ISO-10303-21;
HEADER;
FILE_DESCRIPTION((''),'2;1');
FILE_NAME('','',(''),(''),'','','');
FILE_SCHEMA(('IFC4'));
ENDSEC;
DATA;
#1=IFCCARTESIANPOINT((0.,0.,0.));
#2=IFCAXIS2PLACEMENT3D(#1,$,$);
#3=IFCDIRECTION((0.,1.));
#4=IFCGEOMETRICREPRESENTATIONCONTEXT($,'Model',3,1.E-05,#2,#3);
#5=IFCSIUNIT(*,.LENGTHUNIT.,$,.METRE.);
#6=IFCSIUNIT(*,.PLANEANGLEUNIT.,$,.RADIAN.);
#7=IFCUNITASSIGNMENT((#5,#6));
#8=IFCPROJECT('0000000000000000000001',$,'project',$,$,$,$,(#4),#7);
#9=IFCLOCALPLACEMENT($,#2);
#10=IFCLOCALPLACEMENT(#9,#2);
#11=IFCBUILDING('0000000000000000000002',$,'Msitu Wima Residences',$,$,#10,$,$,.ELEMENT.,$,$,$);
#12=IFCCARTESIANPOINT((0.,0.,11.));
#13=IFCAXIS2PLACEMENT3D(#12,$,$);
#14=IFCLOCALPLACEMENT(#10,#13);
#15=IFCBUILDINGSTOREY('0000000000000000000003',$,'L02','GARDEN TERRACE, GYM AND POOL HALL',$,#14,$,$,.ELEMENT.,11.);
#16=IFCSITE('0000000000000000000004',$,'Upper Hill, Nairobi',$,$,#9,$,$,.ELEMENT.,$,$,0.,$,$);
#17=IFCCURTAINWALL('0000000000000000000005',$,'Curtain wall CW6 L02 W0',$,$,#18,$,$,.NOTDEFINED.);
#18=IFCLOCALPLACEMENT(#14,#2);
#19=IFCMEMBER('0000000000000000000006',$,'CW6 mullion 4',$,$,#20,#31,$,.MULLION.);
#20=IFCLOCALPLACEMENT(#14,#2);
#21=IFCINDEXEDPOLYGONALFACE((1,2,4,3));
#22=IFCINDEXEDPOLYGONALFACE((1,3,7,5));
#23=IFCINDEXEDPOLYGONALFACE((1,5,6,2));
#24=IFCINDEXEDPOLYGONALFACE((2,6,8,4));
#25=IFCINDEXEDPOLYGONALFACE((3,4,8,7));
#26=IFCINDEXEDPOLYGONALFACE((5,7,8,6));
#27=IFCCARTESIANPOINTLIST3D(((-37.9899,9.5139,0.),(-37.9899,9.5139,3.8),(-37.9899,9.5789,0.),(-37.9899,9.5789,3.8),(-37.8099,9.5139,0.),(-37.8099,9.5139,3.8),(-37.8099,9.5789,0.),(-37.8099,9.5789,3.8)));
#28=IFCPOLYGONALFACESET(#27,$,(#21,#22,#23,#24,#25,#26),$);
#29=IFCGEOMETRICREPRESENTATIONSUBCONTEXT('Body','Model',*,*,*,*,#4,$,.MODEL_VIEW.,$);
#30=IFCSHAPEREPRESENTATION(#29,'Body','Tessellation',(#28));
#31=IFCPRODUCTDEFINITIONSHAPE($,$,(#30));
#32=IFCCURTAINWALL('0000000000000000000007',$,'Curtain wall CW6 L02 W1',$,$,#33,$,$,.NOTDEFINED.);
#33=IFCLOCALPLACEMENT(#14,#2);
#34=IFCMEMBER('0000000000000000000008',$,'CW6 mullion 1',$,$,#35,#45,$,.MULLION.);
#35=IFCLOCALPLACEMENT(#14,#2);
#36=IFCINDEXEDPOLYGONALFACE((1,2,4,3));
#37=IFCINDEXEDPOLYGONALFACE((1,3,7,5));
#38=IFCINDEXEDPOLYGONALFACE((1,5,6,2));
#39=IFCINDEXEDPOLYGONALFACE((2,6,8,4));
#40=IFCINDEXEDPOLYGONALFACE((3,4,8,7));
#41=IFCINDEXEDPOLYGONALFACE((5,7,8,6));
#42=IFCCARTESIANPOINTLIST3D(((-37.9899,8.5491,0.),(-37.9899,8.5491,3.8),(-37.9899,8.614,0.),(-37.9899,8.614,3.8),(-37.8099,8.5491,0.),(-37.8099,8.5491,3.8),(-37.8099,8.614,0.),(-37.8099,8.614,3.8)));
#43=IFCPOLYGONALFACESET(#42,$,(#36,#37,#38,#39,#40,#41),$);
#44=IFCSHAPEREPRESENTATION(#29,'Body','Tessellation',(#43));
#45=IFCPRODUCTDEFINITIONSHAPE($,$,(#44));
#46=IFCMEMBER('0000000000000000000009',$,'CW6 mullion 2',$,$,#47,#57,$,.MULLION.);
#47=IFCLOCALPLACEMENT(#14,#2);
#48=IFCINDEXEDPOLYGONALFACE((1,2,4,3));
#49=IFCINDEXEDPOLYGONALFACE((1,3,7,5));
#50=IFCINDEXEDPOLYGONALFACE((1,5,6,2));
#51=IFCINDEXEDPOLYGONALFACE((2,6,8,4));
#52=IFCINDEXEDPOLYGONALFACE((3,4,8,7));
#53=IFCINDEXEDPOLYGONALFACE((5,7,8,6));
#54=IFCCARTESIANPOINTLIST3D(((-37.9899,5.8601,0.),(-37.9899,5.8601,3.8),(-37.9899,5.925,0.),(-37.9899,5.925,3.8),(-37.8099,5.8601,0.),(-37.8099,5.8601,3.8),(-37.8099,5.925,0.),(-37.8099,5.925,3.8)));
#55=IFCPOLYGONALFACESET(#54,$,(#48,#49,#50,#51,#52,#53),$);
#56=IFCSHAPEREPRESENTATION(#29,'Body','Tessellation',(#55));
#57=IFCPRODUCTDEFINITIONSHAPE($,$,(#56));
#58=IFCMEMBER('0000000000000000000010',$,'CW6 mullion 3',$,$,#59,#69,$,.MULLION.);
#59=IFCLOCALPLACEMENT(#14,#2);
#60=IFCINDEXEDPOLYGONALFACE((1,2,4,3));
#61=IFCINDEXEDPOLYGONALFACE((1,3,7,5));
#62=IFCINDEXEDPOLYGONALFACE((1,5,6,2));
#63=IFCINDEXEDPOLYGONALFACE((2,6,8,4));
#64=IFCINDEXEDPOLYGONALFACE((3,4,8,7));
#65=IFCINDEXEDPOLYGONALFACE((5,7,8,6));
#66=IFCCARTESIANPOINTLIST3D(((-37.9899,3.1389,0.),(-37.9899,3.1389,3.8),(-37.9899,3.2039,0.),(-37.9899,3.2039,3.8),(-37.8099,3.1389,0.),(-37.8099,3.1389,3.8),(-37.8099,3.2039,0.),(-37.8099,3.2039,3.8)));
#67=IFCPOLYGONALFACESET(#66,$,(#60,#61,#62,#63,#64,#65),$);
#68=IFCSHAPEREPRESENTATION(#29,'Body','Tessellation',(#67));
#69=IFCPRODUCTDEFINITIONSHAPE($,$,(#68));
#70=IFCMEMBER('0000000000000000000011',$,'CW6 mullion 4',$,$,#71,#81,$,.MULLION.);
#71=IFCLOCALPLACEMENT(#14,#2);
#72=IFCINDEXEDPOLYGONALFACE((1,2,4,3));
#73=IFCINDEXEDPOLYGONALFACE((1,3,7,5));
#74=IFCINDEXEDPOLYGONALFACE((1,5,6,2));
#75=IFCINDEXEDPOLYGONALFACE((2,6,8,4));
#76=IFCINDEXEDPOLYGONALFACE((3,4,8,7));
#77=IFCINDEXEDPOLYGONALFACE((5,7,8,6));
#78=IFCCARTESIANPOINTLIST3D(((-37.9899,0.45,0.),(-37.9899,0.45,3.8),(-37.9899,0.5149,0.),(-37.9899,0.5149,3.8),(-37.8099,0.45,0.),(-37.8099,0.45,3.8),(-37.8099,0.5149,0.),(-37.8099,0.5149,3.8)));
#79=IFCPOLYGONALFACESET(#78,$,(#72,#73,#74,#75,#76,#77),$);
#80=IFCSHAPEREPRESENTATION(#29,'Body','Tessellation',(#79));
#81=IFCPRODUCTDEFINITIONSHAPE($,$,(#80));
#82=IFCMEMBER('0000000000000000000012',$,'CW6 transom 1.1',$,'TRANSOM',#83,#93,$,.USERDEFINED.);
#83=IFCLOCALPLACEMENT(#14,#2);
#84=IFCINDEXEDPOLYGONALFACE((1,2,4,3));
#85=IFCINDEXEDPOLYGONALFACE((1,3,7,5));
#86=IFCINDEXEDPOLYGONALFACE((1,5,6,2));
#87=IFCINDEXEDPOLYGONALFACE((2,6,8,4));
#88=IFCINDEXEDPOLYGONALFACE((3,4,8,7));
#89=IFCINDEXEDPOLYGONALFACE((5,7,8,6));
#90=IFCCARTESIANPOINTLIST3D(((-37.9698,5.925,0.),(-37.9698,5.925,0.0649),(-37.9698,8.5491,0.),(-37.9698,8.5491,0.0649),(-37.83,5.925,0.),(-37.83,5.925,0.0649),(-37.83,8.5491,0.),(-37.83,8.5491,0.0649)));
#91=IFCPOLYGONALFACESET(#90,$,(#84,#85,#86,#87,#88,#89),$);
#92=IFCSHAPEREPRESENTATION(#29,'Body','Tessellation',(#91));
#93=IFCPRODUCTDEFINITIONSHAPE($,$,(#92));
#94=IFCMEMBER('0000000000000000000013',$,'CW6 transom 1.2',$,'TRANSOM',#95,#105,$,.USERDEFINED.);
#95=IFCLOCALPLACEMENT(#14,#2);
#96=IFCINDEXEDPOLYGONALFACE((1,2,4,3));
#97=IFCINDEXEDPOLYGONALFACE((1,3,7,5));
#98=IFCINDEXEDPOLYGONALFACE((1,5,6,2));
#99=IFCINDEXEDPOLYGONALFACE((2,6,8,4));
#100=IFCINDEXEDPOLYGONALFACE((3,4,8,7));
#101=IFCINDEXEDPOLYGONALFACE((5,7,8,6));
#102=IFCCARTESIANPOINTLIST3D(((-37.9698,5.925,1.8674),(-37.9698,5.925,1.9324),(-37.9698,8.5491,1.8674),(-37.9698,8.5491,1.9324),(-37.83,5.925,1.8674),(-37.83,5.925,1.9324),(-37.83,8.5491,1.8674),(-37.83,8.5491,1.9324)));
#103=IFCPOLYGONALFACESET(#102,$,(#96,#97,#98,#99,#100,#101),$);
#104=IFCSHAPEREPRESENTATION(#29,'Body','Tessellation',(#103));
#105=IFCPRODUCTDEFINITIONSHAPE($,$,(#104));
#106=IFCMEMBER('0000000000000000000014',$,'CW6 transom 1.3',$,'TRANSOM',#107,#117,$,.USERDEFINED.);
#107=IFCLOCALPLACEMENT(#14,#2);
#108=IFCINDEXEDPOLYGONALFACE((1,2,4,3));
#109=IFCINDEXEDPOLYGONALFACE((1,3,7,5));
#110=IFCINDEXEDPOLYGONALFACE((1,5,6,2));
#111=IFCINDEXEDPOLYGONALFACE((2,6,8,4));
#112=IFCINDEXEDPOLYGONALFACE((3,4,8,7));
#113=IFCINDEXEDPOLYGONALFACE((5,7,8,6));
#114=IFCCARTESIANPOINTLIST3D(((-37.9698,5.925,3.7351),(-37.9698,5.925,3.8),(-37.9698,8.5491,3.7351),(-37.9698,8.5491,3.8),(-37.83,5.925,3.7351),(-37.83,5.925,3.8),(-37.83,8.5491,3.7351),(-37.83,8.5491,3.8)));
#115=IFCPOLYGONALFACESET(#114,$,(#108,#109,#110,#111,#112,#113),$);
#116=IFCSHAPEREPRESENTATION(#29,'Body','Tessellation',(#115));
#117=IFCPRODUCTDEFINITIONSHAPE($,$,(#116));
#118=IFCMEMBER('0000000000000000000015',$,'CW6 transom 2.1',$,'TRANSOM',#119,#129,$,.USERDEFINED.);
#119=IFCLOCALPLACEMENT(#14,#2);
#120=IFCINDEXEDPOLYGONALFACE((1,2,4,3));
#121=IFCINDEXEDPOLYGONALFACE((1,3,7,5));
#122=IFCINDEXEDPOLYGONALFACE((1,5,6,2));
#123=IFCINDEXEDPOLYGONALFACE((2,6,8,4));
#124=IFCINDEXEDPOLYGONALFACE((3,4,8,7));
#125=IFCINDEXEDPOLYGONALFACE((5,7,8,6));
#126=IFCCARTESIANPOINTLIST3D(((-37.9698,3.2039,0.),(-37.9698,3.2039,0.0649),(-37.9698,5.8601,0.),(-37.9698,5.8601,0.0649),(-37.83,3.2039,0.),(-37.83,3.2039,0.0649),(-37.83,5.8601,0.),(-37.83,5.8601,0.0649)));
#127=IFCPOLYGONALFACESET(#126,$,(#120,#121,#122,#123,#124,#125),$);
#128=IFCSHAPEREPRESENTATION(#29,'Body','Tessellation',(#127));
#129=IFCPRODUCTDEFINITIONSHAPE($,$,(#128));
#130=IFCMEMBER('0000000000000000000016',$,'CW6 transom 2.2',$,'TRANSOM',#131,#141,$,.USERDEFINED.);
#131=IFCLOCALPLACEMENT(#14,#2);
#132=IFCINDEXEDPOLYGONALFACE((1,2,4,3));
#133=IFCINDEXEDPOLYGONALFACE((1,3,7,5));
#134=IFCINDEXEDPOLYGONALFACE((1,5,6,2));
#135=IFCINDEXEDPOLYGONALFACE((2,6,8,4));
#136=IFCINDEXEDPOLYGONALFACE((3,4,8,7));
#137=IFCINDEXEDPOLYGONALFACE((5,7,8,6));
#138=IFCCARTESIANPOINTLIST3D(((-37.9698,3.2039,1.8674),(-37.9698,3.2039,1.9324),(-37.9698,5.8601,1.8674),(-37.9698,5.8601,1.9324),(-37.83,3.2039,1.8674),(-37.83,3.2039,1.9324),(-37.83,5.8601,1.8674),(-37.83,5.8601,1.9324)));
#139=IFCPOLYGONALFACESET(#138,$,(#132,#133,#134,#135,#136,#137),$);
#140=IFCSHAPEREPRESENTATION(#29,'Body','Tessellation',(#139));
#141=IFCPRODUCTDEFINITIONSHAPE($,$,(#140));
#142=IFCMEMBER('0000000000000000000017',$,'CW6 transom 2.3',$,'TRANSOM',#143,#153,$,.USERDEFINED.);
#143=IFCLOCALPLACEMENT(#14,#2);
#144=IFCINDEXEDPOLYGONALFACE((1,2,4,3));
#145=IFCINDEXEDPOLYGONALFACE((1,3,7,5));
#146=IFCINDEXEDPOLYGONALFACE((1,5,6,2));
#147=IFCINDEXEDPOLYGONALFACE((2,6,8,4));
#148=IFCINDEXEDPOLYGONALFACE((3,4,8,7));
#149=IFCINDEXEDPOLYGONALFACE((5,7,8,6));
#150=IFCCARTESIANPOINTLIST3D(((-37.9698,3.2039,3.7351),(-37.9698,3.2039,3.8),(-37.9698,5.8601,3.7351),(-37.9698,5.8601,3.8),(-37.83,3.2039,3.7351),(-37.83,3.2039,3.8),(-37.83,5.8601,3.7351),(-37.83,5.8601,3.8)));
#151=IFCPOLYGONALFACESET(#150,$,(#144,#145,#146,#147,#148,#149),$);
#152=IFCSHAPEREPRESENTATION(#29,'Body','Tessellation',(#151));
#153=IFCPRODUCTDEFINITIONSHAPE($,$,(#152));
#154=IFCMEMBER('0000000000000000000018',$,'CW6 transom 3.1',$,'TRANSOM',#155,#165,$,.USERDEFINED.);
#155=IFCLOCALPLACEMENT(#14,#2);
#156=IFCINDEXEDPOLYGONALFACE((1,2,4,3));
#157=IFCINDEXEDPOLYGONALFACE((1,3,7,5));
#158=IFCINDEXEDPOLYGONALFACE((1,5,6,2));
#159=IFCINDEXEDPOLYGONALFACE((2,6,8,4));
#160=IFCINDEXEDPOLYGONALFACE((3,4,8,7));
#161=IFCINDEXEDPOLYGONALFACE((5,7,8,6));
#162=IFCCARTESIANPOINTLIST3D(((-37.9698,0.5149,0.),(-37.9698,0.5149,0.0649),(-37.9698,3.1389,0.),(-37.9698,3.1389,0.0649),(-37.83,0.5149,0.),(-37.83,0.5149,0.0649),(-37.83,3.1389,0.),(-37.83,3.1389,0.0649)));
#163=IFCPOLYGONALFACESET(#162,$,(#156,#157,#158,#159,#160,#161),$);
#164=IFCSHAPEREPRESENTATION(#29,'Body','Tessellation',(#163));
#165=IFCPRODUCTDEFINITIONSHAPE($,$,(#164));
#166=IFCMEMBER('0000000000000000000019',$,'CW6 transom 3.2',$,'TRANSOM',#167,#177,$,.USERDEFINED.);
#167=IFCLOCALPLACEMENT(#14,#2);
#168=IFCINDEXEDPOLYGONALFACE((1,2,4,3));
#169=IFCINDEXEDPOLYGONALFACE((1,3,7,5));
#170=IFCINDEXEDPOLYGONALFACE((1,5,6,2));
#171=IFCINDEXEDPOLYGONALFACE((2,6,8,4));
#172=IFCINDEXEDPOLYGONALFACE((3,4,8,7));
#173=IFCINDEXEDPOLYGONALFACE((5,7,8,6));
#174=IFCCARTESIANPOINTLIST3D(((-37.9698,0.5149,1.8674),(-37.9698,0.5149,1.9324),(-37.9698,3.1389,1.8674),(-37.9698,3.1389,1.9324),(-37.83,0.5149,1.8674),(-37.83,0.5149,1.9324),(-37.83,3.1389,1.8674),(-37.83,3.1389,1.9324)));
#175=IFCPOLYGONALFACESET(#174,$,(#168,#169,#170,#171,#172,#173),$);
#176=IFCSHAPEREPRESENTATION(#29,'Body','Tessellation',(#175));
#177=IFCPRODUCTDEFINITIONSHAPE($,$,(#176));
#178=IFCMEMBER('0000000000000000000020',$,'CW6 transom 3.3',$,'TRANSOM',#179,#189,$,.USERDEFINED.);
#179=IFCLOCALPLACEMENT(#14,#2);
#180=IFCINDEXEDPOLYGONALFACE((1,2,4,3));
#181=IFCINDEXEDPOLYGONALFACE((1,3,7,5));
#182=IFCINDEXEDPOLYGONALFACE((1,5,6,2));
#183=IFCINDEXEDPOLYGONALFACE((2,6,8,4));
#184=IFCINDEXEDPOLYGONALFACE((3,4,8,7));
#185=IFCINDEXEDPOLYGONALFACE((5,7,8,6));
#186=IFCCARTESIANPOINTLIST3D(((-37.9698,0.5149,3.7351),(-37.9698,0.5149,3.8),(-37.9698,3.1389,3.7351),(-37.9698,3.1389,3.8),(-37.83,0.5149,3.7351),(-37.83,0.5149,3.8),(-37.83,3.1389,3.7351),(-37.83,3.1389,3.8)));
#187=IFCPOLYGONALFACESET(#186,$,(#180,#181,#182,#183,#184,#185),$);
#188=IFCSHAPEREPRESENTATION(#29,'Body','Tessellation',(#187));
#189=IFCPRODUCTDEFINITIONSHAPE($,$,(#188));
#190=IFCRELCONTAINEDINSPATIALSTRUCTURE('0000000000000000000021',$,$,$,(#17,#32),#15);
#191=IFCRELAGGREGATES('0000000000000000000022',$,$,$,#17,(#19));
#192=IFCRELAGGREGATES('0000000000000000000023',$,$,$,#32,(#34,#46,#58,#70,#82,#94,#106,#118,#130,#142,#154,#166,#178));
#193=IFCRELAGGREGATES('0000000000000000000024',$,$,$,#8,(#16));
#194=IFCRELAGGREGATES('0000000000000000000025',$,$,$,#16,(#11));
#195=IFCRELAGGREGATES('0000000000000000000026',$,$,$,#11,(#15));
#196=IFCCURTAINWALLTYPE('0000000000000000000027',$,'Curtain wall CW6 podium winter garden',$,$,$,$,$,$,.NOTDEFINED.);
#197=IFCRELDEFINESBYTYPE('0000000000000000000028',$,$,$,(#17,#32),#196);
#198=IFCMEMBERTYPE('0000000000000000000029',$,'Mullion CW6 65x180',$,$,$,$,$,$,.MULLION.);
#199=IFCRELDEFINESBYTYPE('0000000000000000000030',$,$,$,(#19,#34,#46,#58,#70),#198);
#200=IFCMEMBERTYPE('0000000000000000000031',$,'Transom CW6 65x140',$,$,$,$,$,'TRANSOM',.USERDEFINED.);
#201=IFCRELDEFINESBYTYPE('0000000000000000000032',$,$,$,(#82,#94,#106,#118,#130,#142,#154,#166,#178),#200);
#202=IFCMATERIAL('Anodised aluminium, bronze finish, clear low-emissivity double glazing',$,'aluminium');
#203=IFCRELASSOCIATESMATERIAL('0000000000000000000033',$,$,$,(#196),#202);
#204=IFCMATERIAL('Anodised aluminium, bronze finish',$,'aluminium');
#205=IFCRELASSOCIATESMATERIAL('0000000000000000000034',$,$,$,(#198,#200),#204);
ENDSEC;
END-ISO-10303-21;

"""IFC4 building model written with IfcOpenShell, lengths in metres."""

from ifc_helpers import new_model, si_unit, direction, frame, origin, origin_2d, place, context, subcontext, project, spatial, rectangle, extrude, material, material_profile, profile_set, type_object, element, aggregate, save


model = new_model("IFC4")

# Units and contexts
model_context = context("Model", 3, precision=1e-05, world=origin(), true_north=direction((0.0, 1.0)))
body_context = subcontext(model_context, "Body", "Model", "MODEL_VIEW")
ifc_project = project(units=[si_unit("LENGTHUNIT", "METRE"), si_unit("PLANEANGLEUNIT", "RADIAN")], contexts=[model_context])

# Site, building, storey
site_placement = place(None, origin())
site = spatial("IfcSite", under=ifc_project, at=site_placement, Name="Upper Hill, Nairobi", CompositionType="ELEMENT", RefElevation=0.0)
building_placement = place(site_placement, origin())
building = spatial("IfcBuilding", under=site, at=building_placement, Name="Msitu Wima Residences", CompositionType="ELEMENT")
storey_placement = place(building_placement, frame((0.0, 0.0, 11.0)))
storey = spatial("IfcBuildingStorey", under=building, at=storey_placement, Name="L02", Description="GARDEN TERRACE, GYM AND POOL HALL", CompositionType="ELEMENT", Elevation=11.0)

# Curtain wall, member
ifc_material_1 = material(Name="Anodised aluminium, bronze finish, clear low-emissivity double glazing", Category="aluminium")
curtain_wall_type = type_object("IfcCurtainWallType", Name="Curtain wall CW6 podium winter garden", PredefinedType="NOTDEFINED", material=ifc_material_1)
curtain_wall_1_placement = place(storey_placement, origin())
curtain_wall_1 = element("IfcCurtainWall", 1, at=curtain_wall_1_placement, inside=storey, type_object=curtain_wall_type, Name="Curtain wall CW6 L02 W0", PredefinedType="NOTDEFINED")
ifc_material_2 = material(Name="Anodised aluminium, bronze finish", Category="aluminium")
ifc_material_profile_1 = material_profile(ifc_material_2, rectangle(XDim=0.1799, YDim=0.0649, at=origin_2d()), Name="Mullion 65x180")
ifc_profile_set_1 = profile_set([ifc_material_profile_1], Name="Anodised aluminium, bronze finish")
member_type_1 = type_object("IfcMemberType", Name="Mullion CW6 65x180", PredefinedType="MULLION", material=ifc_profile_set_1)
member_1_placement = place(storey_placement, frame((-37.8999, 9.5464, 0.0), z_axis=(0.0, 0.0, 1.0), x_axis=(1.0, 0.0, 0.0)))
member_1 = element("IfcMember", 2, at=member_1_placement, type_object=member_type_1, Name="CW6 mullion 4", PredefinedType="MULLION", context=body_context, shape_type="SweptSolid", body=[
    extrude(rectangle(XDim=0.1799, YDim=0.0649, at=origin_2d()), origin(), (0.0, 0.0, 1.0), 3.8),
])
aggregate(curtain_wall_1, [member_1])

# Curtain wall, members
curtain_wall_2_placement = place(storey_placement, origin())
curtain_wall_2 = element("IfcCurtainWall", 3, at=curtain_wall_2_placement, inside=storey, type_object=curtain_wall_type, Name="Curtain wall CW6 L02 W1", PredefinedType="NOTDEFINED")
member_2_placement = place(storey_placement, frame((-37.8999, 8.5815, 0.0), z_axis=(0.0, 0.0, 1.0), x_axis=(1.0, 0.0, 0.0)))
member_2 = element("IfcMember", 4, at=member_2_placement, type_object=member_type_1, Name="CW6 mullion 1", PredefinedType="MULLION", context=body_context, shape_type="SweptSolid", body=[
    extrude(rectangle(XDim=0.1799, YDim=0.0649, at=origin_2d()), origin(), (0.0, 0.0, 1.0), 3.8),
])
member_3_placement = place(storey_placement, frame((-37.8999, 5.8926, 0.0), z_axis=(0.0, 0.0, 1.0), x_axis=(1.0, 0.0, 0.0)))
member_3 = element("IfcMember", 5, at=member_3_placement, type_object=member_type_1, Name="CW6 mullion 2", PredefinedType="MULLION", context=body_context, shape_type="SweptSolid", body=[
    extrude(rectangle(XDim=0.1799, YDim=0.0649, at=origin_2d()), origin(), (0.0, 0.0, 1.0), 3.8),
])
member_4_placement = place(storey_placement, frame((-37.8999, 3.1714, 0.0), z_axis=(0.0, 0.0, 1.0), x_axis=(1.0, 0.0, 0.0)))
member_4 = element("IfcMember", 6, at=member_4_placement, type_object=member_type_1, Name="CW6 mullion 3", PredefinedType="MULLION", context=body_context, shape_type="SweptSolid", body=[
    extrude(rectangle(XDim=0.1799, YDim=0.0649, at=origin_2d()), origin(), (0.0, 0.0, 1.0), 3.8),
])
member_5_placement = place(storey_placement, frame((-37.8999, 0.4824, 0.0), z_axis=(0.0, 0.0, 1.0), x_axis=(1.0, 0.0, 0.0)))
member_5 = element("IfcMember", 7, at=member_5_placement, type_object=member_type_1, Name="CW6 mullion 4", PredefinedType="MULLION", context=body_context, shape_type="SweptSolid", body=[
    extrude(rectangle(XDim=0.1799, YDim=0.0649, at=origin_2d()), origin(), (0.0, 0.0, 1.0), 3.8),
])
ifc_material_profile_2 = material_profile(ifc_material_2, rectangle(XDim=0.1399, YDim=0.0649, at=origin_2d()), Name="Transom 65x140")
ifc_profile_set_2 = profile_set([ifc_material_profile_2], Name="Anodised aluminium, bronze finish")
member_type_2 = type_object("IfcMemberType", Name="Transom CW6 65x140", ElementType="TRANSOM", PredefinedType="USERDEFINED", material=ifc_profile_set_2)
member_6_placement = place(storey_placement, frame((-37.8999, 8.5491, 0.0325), z_axis=(0.0, -1.0, 0.0), x_axis=(1.0, 0.0, 0.0)))
member_6 = element("IfcMember", 8, at=member_6_placement, type_object=member_type_2, Name="CW6 transom 1.1", ObjectType="TRANSOM", PredefinedType="USERDEFINED", context=body_context, shape_type="SweptSolid", body=[
    extrude(rectangle(XDim=0.1399, YDim=0.0649, at=origin_2d()), origin(), (0.0, 0.0, 1.0), 2.624),
])
member_7_placement = place(storey_placement, frame((-37.8999, 8.5491, 1.8999), z_axis=(0.0, -1.0, 0.0), x_axis=(1.0, 0.0, 0.0)))
member_7 = element("IfcMember", 9, at=member_7_placement, type_object=member_type_2, Name="CW6 transom 1.2", ObjectType="TRANSOM", PredefinedType="USERDEFINED", context=body_context, shape_type="SweptSolid", body=[
    extrude(rectangle(XDim=0.1399, YDim=0.0649, at=origin_2d()), origin(), (0.0, 0.0, 1.0), 2.624),
])
member_8_placement = place(storey_placement, frame((-37.8999, 8.5491, 3.7676), z_axis=(0.0, -1.0, 0.0), x_axis=(1.0, 0.0, 0.0)))
member_8 = element("IfcMember", 10, at=member_8_placement, type_object=member_type_2, Name="CW6 transom 1.3", ObjectType="TRANSOM", PredefinedType="USERDEFINED", context=body_context, shape_type="SweptSolid", body=[
    extrude(rectangle(XDim=0.1399, YDim=0.0649, at=origin_2d()), origin(), (0.0, 0.0, 1.0), 2.624),
])
member_9_placement = place(storey_placement, frame((-37.8999, 5.8601, 0.0325), z_axis=(0.0, -1.0, 0.0), x_axis=(1.0, 0.0, 0.0)))
member_9 = element("IfcMember", 11, at=member_9_placement, type_object=member_type_2, Name="CW6 transom 2.1", ObjectType="TRANSOM", PredefinedType="USERDEFINED", context=body_context, shape_type="SweptSolid", body=[
    extrude(rectangle(XDim=0.1399, YDim=0.0649, at=origin_2d()), origin(), (0.0, 0.0, 1.0), 2.6562),
])
member_10_placement = place(storey_placement, frame((-37.8999, 5.8601, 1.8999), z_axis=(0.0, -1.0, 0.0), x_axis=(1.0, 0.0, 0.0)))
member_10 = element("IfcMember", 12, at=member_10_placement, type_object=member_type_2, Name="CW6 transom 2.2", ObjectType="TRANSOM", PredefinedType="USERDEFINED", context=body_context, shape_type="SweptSolid", body=[
    extrude(rectangle(XDim=0.1399, YDim=0.0649, at=origin_2d()), origin(), (0.0, 0.0, 1.0), 2.6562),
])
member_11_placement = place(storey_placement, frame((-37.8999, 5.8601, 3.7676), z_axis=(0.0, -1.0, 0.0), x_axis=(1.0, 0.0, 0.0)))
member_11 = element("IfcMember", 13, at=member_11_placement, type_object=member_type_2, Name="CW6 transom 2.3", ObjectType="TRANSOM", PredefinedType="USERDEFINED", context=body_context, shape_type="SweptSolid", body=[
    extrude(rectangle(XDim=0.1399, YDim=0.0649, at=origin_2d()), origin(), (0.0, 0.0, 1.0), 2.6562),
])
member_12_placement = place(storey_placement, frame((-37.8999, 3.1389, 0.0325), z_axis=(0.0, -1.0, 0.0), x_axis=(1.0, 0.0, 0.0)))
member_12 = element("IfcMember", 14, at=member_12_placement, type_object=member_type_2, Name="CW6 transom 3.1", ObjectType="TRANSOM", PredefinedType="USERDEFINED", context=body_context, shape_type="SweptSolid", body=[
    extrude(rectangle(XDim=0.1399, YDim=0.0649, at=origin_2d()), origin(), (0.0, 0.0, 1.0), 2.624),
])
member_13_placement = place(storey_placement, frame((-37.8999, 3.1389, 1.8999), z_axis=(0.0, -1.0, 0.0), x_axis=(1.0, 0.0, 0.0)))
member_13 = element("IfcMember", 15, at=member_13_placement, type_object=member_type_2, Name="CW6 transom 3.2", ObjectType="TRANSOM", PredefinedType="USERDEFINED", context=body_context, shape_type="SweptSolid", body=[
    extrude(rectangle(XDim=0.1399, YDim=0.0649, at=origin_2d()), origin(), (0.0, 0.0, 1.0), 2.624),
])
member_14_placement = place(storey_placement, frame((-37.8999, 3.1389, 3.7676), z_axis=(0.0, -1.0, 0.0), x_axis=(1.0, 0.0, 0.0)))
member_14 = element("IfcMember", 16, at=member_14_placement, type_object=member_type_2, Name="CW6 transom 3.3", ObjectType="TRANSOM", PredefinedType="USERDEFINED", context=body_context, shape_type="SweptSolid", body=[
    extrude(rectangle(XDim=0.1399, YDim=0.0649, at=origin_2d()), origin(), (0.0, 0.0, 1.0), 2.624),
])
aggregate(curtain_wall_2, [member_2, member_3, member_4, member_5, member_6, member_7, member_8, member_9, member_10, member_11, member_12, member_13, member_14])

save(model, "model.ifc")
